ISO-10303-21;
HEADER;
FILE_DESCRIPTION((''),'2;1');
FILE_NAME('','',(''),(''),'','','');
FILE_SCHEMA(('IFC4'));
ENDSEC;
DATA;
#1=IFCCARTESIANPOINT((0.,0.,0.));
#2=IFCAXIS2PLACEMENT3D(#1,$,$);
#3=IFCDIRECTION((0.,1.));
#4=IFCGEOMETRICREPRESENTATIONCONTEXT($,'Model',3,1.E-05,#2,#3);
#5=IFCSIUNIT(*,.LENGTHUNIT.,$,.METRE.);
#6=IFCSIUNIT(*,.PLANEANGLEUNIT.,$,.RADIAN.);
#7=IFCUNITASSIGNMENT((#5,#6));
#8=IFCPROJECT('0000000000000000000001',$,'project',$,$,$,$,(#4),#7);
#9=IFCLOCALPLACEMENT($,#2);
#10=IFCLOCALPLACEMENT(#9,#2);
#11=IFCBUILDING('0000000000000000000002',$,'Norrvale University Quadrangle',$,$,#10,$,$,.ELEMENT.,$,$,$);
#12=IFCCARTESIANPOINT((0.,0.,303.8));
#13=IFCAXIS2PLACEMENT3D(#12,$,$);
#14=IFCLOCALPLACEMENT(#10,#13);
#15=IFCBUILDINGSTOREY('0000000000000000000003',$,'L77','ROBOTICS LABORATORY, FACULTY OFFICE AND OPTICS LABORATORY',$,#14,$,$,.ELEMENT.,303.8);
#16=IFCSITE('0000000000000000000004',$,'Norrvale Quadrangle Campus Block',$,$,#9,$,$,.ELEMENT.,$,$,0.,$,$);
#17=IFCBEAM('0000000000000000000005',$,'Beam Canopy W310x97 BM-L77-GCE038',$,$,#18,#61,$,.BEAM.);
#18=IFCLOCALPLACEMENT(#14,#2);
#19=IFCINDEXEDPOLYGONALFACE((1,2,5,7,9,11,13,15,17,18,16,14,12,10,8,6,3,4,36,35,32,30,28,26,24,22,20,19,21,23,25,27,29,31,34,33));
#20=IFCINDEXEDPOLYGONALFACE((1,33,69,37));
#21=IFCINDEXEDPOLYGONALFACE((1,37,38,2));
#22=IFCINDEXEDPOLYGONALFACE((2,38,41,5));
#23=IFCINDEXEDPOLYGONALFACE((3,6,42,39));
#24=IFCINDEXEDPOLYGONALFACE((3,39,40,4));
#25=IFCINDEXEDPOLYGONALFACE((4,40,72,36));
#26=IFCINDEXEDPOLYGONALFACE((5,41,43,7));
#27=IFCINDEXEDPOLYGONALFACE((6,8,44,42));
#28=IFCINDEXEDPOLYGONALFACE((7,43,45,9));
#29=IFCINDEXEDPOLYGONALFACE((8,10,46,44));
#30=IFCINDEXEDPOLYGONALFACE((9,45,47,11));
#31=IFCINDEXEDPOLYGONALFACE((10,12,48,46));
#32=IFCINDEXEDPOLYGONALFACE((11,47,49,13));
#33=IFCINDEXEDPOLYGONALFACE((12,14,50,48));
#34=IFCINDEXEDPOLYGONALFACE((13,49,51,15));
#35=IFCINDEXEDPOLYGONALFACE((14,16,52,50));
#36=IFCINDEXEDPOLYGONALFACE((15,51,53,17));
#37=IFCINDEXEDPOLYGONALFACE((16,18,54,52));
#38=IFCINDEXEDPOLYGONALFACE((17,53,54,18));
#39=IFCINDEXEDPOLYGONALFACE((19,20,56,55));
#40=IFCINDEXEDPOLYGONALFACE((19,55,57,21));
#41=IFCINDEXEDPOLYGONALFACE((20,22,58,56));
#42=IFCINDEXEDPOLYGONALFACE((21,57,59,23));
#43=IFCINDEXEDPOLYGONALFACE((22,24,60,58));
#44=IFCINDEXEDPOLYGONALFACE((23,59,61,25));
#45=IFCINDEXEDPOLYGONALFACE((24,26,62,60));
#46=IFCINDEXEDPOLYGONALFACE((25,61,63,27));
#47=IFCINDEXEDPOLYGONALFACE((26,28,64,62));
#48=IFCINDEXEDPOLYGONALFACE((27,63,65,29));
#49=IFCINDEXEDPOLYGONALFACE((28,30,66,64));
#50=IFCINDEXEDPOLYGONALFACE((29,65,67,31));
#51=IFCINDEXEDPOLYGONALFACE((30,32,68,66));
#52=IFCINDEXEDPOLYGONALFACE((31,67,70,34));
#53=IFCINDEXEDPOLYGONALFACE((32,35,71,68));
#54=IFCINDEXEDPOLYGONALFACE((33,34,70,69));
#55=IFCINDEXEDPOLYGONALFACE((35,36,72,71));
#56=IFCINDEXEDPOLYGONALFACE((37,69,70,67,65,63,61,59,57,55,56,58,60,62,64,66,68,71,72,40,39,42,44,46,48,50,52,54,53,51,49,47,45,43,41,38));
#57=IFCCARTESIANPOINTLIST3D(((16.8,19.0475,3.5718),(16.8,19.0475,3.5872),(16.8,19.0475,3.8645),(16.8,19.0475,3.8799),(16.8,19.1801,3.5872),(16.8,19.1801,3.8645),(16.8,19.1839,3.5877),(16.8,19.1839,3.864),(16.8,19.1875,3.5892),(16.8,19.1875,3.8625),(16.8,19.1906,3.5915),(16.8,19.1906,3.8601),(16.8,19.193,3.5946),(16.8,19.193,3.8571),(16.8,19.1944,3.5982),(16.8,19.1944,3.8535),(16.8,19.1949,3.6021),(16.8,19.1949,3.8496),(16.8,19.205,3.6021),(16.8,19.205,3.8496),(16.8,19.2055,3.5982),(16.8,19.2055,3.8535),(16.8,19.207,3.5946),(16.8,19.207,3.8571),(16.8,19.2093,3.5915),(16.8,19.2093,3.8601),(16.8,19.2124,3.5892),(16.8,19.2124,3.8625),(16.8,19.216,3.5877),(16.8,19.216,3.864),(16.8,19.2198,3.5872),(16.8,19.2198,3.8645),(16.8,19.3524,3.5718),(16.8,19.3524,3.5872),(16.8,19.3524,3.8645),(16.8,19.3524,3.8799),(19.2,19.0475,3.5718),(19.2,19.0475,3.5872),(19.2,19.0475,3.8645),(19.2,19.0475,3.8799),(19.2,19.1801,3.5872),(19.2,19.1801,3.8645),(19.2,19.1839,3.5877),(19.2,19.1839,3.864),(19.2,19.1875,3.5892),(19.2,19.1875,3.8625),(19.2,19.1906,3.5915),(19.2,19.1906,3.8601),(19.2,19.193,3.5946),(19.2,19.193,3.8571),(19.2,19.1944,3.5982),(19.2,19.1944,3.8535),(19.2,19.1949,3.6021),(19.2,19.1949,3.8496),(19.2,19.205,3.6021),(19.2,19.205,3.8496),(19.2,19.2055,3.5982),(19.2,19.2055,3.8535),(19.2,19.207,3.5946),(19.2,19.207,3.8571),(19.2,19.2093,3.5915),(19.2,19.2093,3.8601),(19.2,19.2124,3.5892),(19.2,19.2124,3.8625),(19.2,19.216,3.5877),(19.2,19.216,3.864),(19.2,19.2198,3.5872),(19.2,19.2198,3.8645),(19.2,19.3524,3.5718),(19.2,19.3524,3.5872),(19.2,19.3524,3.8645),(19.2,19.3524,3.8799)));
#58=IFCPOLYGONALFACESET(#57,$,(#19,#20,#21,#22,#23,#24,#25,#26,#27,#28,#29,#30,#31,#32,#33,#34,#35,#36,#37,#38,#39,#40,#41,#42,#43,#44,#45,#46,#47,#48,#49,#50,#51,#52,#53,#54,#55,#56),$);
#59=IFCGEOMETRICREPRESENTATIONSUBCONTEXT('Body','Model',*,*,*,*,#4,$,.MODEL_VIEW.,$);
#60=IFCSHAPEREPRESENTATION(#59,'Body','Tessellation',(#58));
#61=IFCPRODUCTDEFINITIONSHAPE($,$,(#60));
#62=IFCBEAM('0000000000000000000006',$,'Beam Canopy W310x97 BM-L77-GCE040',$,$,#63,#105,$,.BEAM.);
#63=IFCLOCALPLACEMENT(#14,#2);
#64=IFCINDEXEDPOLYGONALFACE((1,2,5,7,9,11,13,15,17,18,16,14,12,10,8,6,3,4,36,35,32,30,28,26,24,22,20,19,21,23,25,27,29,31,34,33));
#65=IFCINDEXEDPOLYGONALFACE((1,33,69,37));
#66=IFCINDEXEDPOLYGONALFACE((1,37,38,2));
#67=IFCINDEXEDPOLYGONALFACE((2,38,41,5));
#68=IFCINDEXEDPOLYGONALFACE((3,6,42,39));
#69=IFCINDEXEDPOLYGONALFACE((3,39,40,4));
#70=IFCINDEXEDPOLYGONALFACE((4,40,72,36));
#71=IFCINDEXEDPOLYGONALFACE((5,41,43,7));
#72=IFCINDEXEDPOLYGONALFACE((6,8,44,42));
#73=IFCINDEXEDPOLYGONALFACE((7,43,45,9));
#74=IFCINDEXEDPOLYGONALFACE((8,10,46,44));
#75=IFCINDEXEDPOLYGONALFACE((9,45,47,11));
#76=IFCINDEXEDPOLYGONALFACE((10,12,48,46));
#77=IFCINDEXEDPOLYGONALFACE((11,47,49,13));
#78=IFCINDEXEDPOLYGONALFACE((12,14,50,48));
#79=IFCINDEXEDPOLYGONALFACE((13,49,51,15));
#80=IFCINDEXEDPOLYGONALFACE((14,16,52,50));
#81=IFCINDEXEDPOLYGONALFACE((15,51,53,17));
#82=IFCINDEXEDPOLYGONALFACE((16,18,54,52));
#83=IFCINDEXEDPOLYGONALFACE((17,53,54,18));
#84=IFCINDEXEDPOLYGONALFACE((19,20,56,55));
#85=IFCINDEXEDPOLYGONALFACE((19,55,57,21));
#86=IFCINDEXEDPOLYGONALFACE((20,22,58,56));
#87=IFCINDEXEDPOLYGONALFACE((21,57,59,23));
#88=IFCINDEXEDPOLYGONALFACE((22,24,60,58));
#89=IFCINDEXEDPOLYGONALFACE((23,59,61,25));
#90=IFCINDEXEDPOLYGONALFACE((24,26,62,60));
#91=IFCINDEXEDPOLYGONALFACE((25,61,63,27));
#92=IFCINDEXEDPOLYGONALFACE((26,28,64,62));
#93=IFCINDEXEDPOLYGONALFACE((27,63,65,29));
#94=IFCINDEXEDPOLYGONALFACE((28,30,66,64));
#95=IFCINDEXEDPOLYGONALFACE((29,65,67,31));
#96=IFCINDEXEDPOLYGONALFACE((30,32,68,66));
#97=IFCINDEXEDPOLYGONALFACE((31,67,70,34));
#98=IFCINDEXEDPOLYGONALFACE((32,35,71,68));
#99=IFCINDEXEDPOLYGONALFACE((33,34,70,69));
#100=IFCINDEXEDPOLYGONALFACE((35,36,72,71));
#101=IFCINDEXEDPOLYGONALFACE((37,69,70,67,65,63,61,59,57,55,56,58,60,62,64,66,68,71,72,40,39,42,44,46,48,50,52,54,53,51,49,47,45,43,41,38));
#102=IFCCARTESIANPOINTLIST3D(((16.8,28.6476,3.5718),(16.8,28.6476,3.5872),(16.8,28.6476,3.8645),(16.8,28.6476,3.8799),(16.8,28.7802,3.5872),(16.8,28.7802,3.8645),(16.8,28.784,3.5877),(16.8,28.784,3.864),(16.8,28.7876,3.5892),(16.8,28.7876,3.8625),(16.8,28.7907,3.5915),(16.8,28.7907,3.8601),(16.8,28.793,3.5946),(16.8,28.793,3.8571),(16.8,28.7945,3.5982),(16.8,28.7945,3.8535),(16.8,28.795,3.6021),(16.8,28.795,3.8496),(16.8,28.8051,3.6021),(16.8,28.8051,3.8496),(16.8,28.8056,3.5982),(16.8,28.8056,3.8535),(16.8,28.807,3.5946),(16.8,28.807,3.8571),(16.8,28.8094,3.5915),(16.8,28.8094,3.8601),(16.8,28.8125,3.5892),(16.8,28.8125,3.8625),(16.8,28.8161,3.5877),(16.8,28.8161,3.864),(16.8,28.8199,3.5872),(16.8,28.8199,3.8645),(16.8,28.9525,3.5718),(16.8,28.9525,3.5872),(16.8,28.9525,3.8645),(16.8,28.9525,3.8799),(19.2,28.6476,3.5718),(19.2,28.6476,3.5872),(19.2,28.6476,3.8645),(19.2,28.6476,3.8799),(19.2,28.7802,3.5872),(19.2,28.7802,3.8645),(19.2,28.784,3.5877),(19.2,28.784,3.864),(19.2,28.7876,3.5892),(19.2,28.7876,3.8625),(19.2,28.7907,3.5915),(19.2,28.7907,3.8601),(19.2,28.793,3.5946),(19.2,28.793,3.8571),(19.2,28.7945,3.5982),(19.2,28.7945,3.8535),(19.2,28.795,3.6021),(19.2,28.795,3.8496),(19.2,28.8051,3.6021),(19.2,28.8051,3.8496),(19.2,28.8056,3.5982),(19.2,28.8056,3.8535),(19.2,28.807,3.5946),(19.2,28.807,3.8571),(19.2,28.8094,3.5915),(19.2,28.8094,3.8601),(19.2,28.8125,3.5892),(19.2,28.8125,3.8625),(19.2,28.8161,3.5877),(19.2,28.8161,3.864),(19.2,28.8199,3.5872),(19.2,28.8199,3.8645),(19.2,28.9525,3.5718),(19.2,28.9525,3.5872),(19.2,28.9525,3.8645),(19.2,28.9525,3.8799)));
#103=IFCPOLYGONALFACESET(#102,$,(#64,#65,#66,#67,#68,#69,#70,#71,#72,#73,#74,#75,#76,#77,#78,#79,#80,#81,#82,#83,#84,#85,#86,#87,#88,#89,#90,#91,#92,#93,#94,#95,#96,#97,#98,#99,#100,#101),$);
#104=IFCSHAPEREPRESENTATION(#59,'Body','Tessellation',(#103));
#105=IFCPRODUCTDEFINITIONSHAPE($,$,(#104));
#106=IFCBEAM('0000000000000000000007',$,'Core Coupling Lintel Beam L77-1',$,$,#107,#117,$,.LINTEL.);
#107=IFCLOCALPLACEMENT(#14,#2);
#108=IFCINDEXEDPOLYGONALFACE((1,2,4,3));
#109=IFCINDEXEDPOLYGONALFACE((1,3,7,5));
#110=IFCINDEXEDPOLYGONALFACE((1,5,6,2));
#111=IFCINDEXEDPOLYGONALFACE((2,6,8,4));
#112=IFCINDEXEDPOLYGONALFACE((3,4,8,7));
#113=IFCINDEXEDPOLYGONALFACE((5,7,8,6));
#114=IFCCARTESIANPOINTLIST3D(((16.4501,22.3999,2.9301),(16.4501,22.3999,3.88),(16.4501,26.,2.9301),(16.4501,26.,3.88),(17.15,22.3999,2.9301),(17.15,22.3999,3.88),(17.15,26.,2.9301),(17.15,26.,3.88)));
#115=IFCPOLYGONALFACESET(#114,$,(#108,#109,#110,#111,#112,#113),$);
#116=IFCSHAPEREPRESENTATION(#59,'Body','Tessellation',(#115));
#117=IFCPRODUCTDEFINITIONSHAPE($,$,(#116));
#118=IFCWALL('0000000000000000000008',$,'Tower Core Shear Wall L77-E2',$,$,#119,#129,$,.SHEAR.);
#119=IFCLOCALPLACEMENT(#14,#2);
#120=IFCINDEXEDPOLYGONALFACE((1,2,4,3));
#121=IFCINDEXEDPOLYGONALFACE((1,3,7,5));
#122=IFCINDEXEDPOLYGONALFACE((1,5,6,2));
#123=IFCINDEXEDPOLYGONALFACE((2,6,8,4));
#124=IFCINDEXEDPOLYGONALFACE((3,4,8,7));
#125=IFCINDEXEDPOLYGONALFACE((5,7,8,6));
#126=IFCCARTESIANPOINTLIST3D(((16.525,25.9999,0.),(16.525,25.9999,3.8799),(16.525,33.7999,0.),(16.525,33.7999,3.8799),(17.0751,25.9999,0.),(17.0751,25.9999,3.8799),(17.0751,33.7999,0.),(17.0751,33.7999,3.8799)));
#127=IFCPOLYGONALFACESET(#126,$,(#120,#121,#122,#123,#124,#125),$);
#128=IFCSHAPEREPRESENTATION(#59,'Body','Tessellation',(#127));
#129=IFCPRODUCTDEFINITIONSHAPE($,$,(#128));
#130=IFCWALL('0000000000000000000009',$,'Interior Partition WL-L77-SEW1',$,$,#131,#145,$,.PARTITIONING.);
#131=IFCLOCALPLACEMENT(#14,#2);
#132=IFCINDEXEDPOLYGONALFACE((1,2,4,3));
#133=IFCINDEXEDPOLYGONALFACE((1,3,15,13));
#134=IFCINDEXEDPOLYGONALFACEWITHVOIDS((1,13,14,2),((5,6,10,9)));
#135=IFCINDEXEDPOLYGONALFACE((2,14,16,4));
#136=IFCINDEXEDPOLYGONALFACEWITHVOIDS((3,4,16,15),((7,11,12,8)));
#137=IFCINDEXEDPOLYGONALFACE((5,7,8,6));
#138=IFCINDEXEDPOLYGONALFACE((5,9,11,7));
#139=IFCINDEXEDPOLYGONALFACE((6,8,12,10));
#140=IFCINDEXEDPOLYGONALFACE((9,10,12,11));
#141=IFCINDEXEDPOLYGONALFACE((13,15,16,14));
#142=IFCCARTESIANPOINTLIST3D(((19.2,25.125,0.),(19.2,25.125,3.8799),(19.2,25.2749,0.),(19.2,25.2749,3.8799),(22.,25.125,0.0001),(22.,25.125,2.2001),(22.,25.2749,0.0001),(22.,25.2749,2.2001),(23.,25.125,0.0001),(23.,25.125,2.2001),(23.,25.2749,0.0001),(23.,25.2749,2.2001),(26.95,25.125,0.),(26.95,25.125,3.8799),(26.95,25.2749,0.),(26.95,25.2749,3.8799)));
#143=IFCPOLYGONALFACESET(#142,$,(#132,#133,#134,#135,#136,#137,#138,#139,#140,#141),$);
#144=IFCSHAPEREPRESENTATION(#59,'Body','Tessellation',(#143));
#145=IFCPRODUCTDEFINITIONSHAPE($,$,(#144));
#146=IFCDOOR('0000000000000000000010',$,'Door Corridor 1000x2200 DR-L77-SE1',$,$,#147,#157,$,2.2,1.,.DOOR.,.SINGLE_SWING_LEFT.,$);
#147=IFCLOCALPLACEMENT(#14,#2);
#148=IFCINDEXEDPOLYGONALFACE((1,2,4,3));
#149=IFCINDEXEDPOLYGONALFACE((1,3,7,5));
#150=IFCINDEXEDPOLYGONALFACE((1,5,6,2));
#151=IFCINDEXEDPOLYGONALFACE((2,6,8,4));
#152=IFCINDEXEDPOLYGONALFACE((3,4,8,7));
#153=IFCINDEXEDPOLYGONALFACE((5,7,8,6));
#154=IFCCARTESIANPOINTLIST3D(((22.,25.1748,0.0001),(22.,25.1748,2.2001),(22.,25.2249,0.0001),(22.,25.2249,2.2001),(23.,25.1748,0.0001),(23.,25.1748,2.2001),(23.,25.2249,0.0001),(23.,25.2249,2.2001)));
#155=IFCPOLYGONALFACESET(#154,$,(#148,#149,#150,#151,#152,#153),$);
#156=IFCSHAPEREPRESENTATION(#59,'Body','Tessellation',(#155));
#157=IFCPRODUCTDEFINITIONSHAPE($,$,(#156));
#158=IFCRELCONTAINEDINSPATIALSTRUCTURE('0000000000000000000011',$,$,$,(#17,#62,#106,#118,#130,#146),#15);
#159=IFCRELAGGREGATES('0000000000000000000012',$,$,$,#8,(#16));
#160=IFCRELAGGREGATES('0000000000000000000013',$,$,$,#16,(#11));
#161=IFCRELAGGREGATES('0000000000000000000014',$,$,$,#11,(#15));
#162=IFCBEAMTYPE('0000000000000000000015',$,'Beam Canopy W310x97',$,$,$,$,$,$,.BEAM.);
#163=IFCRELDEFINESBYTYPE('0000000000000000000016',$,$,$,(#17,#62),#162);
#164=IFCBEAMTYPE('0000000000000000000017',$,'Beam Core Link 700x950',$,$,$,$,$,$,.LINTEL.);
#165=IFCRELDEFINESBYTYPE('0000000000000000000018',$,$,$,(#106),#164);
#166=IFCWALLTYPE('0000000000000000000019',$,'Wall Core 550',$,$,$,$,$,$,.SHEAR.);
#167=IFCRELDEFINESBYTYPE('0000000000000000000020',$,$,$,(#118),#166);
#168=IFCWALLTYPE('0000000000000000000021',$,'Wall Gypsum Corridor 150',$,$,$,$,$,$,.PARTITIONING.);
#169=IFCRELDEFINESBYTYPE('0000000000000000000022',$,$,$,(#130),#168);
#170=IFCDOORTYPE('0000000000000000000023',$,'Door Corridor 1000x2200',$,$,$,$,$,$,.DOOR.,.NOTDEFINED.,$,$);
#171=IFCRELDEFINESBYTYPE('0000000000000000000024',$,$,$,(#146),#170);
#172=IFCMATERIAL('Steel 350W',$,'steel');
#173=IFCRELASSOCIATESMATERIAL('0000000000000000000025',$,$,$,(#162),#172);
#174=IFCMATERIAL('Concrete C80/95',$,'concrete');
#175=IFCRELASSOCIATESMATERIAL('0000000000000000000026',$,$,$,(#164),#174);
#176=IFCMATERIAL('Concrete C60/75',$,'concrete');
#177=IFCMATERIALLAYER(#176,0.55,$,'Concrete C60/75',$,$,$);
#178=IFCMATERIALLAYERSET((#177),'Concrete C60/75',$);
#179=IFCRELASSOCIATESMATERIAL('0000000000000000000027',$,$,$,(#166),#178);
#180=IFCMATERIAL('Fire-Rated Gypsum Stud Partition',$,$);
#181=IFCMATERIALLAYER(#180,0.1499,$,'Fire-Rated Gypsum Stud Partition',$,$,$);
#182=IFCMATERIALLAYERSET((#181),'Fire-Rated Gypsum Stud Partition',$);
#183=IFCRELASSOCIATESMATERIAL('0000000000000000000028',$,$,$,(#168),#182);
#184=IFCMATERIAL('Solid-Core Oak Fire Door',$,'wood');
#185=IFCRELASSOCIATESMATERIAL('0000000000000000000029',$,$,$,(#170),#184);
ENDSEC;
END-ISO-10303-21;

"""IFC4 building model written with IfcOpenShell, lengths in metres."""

from ifc_helpers import new_model, si_unit, direction, frame, frame_2d, origin, origin_2d, place, context, subcontext, project, spatial, rectangle, i_section, extrude, material, layer, layer_set, material_profile, profile_set, type_object, element, fill, save


model = new_model("IFC4")

# Units and contexts
model_context = context("Model", 3, precision=1e-05, world=origin(), true_north=direction((0.0, 1.0)))
body_context = subcontext(model_context, "Body", "Model", "MODEL_VIEW")
ifc_project = project(units=[si_unit("LENGTHUNIT", "METRE"), si_unit("PLANEANGLEUNIT", "RADIAN")], contexts=[model_context])

# Site, building, storey
site_placement = place(None, origin())
site = spatial("IfcSite", under=ifc_project, at=site_placement, Name="Norrvale Quadrangle Campus Block", CompositionType="ELEMENT", RefElevation=0.0)
building_placement = place(site_placement, origin())
building = spatial("IfcBuilding", under=site, at=building_placement, Name="Norrvale University Quadrangle", CompositionType="ELEMENT")
storey_placement = place(building_placement, frame((0.0, 0.0, 303.8)))
storey = spatial("IfcBuildingStorey", under=building, at=storey_placement, Name="L77", Description="ROBOTICS LABORATORY, FACULTY OFFICE AND OPTICS LABORATORY", CompositionType="ELEMENT", Elevation=303.8)

# Shared definitions
ifc_material_1 = material(Name="Concrete C60/75", Category="concrete")

# Beams
ifc_material_2 = material(Name="Steel 350W", Category="steel")
ifc_material_profile_1 = material_profile(ifc_material_2, i_section(OverallWidth=0.3049, OverallDepth=0.3081, WebThickness=0.01, FlangeThickness=0.0154, FilletRadius=0.0149, at=origin_2d()), Name="Steel 350W")
ifc_profile_set_1 = profile_set([ifc_material_profile_1], Name="Steel 350W")
beam_type_1 = type_object("IfcBeamType", Name="Beam Canopy W310x97", PredefinedType="BEAM", material=ifc_profile_set_1)
for number, where, z_axis, x_axis, name in (
    (1, (16.8, 19.2, 3.7258), (1.0, 0.0, 0.0), (0.0, 1.0, 0.0), "Beam Canopy W310x97 BM-L77-GCE038"),
    (2, (16.8, 28.8, 3.7258), (1.0, 0.0, 0.0), (0.0, 1.0, 0.0), "Beam Canopy W310x97 BM-L77-GCE040"),
):
    element("IfcBeam", number, at=place(storey_placement, frame(where, z_axis=z_axis, x_axis=x_axis)), inside=storey, type_object=beam_type_1, Name=name, PredefinedType="BEAM", context=body_context, shape_type="SweptSolid", body=[
        extrude(i_section(OverallWidth=0.3049, OverallDepth=0.3081, WebThickness=0.01, FlangeThickness=0.0154, FilletRadius=0.0149, at=origin_2d()), origin(), (0.0, 0.0, 1.0), 2.3999),
    ])
ifc_material_3 = material(Name="Concrete C80/95", Category="concrete")
ifc_material_profile_2 = material_profile(ifc_material_3, rectangle(XDim=0.7, YDim=0.95, at=origin_2d()), Name="Concrete C80/95")
ifc_profile_set_2 = profile_set([ifc_material_profile_2], Name="Concrete C80/95")
beam_type_2 = type_object("IfcBeamType", Name="Beam Core Link 700x950", PredefinedType="LINTEL", material=ifc_profile_set_2)
beam_1_placement = place(storey_placement, frame((16.8, 22.3999, 3.405), z_axis=(0.0, 1.0, 0.0), x_axis=(-1.0, 0.0, 0.0)))
element("IfcBeam", 3, at=beam_1_placement, inside=storey, type_object=beam_type_2, Name="Core Coupling Lintel Beam L77-1", PredefinedType="LINTEL", context=body_context, shape_type="SweptSolid", body=[
    extrude(rectangle(XDim=0.7, YDim=0.95, at=origin_2d()), origin(), (0.0, 0.0, 1.0), 3.6001),
])

# Wall
ifc_layer_1 = layer(ifc_material_1, 0.55, Name="Concrete C60/75")
ifc_layer_set_1 = layer_set([ifc_layer_1], Name="Concrete C60/75")
wall_type_1 = type_object("IfcWallType", Name="Wall Core 550", PredefinedType="SHEAR", material=ifc_layer_set_1)
wall_1_placement = place(storey_placement, frame((16.8, 26.0, 0.0), z_axis=(0.0, 0.0, 1.0), x_axis=(0.0, 1.0, 0.0)))
element("IfcWall", 4, at=wall_1_placement, inside=storey, type_object=wall_type_1, Name="Tower Core Shear Wall L77-E2", PredefinedType="SHEAR", context=body_context, shape_type="SweptSolid", body=[
    extrude(rectangle(XDim=7.8, YDim=0.55, at=frame_2d((3.8999, 0.0))), origin(), (0.0, 0.0, 1.0), 3.8799),
])

# Wall, opening, door
ifc_material_4 = material(Name="Fire-Rated Gypsum Stud Partition")
ifc_layer_2 = layer(ifc_material_4, 0.1499, Name="Fire-Rated Gypsum Stud Partition")
ifc_layer_set_2 = layer_set([ifc_layer_2], Name="Fire-Rated Gypsum Stud Partition")
wall_type_2 = type_object("IfcWallType", Name="Wall Gypsum Corridor 150", PredefinedType="PARTITIONING", material=ifc_layer_set_2)
wall_2_placement = place(storey_placement, frame((19.2, 25.2, 0.0), z_axis=(0.0, 0.0, 1.0), x_axis=(1.0, 0.0, 0.0)))
wall_2 = element("IfcWall", 5, at=wall_2_placement, inside=storey, type_object=wall_type_2, Name="Interior Partition WL-L77-SEW1", PredefinedType="PARTITIONING", context=body_context, shape_type="SweptSolid", body=[
    extrude(rectangle(XDim=7.75, YDim=0.1499, at=frame_2d((3.875, 0.0))), origin(), (0.0, 0.0, 1.0), 3.8799),
])
opening_1_placement = place(wall_2_placement, frame((2.8, 0.0, 0.0)))
opening_1 = element("IfcOpeningElement", 6, at=opening_1_placement, cuts=wall_2, PredefinedType="OPENING", context=body_context, shape_type="SweptSolid", body=[
    extrude(rectangle(XDim=1.0, YDim=2.2, at=frame_2d((0.5, 1.1001))), frame((0.0, 0.0869, 0.0), z_axis=(0.0, -1.0, 0.0), x_axis=(1.0, 0.0, 0.0)), (0.0, 0.0, 1.0), 0.1738),
])
ifc_material_5 = material(Name="Solid-Core Oak Fire Door", Category="wood")
door_type_1 = type_object("IfcDoorType", Name="Door Corridor 1000x2200", OperationType="NOTDEFINED", PredefinedType="DOOR", material=ifc_material_5)
door_1_placement = place(opening_1_placement, origin())
door_1 = element("IfcDoor", 7, at=door_1_placement, inside=storey, type_object=door_type_1, Name="Door Corridor 1000x2200 DR-L77-SE1", OperationType="SINGLE_SWING_LEFT", OverallHeight=2.2, OverallWidth=1.0, PredefinedType="DOOR", context=body_context, shape_type="SweptSolid", body=[
    extrude(rectangle(XDim=1.0, YDim=2.2, at=frame_2d((0.5, 1.1001))), frame((0.0, 0.0249, 0.0), z_axis=(0.0, -1.0, 0.0), x_axis=(1.0, 0.0, 0.0)), (0.0, 0.0, 1.0), 0.05),
])
fill(opening_1, door_1)

save(model, "model.ifc")
